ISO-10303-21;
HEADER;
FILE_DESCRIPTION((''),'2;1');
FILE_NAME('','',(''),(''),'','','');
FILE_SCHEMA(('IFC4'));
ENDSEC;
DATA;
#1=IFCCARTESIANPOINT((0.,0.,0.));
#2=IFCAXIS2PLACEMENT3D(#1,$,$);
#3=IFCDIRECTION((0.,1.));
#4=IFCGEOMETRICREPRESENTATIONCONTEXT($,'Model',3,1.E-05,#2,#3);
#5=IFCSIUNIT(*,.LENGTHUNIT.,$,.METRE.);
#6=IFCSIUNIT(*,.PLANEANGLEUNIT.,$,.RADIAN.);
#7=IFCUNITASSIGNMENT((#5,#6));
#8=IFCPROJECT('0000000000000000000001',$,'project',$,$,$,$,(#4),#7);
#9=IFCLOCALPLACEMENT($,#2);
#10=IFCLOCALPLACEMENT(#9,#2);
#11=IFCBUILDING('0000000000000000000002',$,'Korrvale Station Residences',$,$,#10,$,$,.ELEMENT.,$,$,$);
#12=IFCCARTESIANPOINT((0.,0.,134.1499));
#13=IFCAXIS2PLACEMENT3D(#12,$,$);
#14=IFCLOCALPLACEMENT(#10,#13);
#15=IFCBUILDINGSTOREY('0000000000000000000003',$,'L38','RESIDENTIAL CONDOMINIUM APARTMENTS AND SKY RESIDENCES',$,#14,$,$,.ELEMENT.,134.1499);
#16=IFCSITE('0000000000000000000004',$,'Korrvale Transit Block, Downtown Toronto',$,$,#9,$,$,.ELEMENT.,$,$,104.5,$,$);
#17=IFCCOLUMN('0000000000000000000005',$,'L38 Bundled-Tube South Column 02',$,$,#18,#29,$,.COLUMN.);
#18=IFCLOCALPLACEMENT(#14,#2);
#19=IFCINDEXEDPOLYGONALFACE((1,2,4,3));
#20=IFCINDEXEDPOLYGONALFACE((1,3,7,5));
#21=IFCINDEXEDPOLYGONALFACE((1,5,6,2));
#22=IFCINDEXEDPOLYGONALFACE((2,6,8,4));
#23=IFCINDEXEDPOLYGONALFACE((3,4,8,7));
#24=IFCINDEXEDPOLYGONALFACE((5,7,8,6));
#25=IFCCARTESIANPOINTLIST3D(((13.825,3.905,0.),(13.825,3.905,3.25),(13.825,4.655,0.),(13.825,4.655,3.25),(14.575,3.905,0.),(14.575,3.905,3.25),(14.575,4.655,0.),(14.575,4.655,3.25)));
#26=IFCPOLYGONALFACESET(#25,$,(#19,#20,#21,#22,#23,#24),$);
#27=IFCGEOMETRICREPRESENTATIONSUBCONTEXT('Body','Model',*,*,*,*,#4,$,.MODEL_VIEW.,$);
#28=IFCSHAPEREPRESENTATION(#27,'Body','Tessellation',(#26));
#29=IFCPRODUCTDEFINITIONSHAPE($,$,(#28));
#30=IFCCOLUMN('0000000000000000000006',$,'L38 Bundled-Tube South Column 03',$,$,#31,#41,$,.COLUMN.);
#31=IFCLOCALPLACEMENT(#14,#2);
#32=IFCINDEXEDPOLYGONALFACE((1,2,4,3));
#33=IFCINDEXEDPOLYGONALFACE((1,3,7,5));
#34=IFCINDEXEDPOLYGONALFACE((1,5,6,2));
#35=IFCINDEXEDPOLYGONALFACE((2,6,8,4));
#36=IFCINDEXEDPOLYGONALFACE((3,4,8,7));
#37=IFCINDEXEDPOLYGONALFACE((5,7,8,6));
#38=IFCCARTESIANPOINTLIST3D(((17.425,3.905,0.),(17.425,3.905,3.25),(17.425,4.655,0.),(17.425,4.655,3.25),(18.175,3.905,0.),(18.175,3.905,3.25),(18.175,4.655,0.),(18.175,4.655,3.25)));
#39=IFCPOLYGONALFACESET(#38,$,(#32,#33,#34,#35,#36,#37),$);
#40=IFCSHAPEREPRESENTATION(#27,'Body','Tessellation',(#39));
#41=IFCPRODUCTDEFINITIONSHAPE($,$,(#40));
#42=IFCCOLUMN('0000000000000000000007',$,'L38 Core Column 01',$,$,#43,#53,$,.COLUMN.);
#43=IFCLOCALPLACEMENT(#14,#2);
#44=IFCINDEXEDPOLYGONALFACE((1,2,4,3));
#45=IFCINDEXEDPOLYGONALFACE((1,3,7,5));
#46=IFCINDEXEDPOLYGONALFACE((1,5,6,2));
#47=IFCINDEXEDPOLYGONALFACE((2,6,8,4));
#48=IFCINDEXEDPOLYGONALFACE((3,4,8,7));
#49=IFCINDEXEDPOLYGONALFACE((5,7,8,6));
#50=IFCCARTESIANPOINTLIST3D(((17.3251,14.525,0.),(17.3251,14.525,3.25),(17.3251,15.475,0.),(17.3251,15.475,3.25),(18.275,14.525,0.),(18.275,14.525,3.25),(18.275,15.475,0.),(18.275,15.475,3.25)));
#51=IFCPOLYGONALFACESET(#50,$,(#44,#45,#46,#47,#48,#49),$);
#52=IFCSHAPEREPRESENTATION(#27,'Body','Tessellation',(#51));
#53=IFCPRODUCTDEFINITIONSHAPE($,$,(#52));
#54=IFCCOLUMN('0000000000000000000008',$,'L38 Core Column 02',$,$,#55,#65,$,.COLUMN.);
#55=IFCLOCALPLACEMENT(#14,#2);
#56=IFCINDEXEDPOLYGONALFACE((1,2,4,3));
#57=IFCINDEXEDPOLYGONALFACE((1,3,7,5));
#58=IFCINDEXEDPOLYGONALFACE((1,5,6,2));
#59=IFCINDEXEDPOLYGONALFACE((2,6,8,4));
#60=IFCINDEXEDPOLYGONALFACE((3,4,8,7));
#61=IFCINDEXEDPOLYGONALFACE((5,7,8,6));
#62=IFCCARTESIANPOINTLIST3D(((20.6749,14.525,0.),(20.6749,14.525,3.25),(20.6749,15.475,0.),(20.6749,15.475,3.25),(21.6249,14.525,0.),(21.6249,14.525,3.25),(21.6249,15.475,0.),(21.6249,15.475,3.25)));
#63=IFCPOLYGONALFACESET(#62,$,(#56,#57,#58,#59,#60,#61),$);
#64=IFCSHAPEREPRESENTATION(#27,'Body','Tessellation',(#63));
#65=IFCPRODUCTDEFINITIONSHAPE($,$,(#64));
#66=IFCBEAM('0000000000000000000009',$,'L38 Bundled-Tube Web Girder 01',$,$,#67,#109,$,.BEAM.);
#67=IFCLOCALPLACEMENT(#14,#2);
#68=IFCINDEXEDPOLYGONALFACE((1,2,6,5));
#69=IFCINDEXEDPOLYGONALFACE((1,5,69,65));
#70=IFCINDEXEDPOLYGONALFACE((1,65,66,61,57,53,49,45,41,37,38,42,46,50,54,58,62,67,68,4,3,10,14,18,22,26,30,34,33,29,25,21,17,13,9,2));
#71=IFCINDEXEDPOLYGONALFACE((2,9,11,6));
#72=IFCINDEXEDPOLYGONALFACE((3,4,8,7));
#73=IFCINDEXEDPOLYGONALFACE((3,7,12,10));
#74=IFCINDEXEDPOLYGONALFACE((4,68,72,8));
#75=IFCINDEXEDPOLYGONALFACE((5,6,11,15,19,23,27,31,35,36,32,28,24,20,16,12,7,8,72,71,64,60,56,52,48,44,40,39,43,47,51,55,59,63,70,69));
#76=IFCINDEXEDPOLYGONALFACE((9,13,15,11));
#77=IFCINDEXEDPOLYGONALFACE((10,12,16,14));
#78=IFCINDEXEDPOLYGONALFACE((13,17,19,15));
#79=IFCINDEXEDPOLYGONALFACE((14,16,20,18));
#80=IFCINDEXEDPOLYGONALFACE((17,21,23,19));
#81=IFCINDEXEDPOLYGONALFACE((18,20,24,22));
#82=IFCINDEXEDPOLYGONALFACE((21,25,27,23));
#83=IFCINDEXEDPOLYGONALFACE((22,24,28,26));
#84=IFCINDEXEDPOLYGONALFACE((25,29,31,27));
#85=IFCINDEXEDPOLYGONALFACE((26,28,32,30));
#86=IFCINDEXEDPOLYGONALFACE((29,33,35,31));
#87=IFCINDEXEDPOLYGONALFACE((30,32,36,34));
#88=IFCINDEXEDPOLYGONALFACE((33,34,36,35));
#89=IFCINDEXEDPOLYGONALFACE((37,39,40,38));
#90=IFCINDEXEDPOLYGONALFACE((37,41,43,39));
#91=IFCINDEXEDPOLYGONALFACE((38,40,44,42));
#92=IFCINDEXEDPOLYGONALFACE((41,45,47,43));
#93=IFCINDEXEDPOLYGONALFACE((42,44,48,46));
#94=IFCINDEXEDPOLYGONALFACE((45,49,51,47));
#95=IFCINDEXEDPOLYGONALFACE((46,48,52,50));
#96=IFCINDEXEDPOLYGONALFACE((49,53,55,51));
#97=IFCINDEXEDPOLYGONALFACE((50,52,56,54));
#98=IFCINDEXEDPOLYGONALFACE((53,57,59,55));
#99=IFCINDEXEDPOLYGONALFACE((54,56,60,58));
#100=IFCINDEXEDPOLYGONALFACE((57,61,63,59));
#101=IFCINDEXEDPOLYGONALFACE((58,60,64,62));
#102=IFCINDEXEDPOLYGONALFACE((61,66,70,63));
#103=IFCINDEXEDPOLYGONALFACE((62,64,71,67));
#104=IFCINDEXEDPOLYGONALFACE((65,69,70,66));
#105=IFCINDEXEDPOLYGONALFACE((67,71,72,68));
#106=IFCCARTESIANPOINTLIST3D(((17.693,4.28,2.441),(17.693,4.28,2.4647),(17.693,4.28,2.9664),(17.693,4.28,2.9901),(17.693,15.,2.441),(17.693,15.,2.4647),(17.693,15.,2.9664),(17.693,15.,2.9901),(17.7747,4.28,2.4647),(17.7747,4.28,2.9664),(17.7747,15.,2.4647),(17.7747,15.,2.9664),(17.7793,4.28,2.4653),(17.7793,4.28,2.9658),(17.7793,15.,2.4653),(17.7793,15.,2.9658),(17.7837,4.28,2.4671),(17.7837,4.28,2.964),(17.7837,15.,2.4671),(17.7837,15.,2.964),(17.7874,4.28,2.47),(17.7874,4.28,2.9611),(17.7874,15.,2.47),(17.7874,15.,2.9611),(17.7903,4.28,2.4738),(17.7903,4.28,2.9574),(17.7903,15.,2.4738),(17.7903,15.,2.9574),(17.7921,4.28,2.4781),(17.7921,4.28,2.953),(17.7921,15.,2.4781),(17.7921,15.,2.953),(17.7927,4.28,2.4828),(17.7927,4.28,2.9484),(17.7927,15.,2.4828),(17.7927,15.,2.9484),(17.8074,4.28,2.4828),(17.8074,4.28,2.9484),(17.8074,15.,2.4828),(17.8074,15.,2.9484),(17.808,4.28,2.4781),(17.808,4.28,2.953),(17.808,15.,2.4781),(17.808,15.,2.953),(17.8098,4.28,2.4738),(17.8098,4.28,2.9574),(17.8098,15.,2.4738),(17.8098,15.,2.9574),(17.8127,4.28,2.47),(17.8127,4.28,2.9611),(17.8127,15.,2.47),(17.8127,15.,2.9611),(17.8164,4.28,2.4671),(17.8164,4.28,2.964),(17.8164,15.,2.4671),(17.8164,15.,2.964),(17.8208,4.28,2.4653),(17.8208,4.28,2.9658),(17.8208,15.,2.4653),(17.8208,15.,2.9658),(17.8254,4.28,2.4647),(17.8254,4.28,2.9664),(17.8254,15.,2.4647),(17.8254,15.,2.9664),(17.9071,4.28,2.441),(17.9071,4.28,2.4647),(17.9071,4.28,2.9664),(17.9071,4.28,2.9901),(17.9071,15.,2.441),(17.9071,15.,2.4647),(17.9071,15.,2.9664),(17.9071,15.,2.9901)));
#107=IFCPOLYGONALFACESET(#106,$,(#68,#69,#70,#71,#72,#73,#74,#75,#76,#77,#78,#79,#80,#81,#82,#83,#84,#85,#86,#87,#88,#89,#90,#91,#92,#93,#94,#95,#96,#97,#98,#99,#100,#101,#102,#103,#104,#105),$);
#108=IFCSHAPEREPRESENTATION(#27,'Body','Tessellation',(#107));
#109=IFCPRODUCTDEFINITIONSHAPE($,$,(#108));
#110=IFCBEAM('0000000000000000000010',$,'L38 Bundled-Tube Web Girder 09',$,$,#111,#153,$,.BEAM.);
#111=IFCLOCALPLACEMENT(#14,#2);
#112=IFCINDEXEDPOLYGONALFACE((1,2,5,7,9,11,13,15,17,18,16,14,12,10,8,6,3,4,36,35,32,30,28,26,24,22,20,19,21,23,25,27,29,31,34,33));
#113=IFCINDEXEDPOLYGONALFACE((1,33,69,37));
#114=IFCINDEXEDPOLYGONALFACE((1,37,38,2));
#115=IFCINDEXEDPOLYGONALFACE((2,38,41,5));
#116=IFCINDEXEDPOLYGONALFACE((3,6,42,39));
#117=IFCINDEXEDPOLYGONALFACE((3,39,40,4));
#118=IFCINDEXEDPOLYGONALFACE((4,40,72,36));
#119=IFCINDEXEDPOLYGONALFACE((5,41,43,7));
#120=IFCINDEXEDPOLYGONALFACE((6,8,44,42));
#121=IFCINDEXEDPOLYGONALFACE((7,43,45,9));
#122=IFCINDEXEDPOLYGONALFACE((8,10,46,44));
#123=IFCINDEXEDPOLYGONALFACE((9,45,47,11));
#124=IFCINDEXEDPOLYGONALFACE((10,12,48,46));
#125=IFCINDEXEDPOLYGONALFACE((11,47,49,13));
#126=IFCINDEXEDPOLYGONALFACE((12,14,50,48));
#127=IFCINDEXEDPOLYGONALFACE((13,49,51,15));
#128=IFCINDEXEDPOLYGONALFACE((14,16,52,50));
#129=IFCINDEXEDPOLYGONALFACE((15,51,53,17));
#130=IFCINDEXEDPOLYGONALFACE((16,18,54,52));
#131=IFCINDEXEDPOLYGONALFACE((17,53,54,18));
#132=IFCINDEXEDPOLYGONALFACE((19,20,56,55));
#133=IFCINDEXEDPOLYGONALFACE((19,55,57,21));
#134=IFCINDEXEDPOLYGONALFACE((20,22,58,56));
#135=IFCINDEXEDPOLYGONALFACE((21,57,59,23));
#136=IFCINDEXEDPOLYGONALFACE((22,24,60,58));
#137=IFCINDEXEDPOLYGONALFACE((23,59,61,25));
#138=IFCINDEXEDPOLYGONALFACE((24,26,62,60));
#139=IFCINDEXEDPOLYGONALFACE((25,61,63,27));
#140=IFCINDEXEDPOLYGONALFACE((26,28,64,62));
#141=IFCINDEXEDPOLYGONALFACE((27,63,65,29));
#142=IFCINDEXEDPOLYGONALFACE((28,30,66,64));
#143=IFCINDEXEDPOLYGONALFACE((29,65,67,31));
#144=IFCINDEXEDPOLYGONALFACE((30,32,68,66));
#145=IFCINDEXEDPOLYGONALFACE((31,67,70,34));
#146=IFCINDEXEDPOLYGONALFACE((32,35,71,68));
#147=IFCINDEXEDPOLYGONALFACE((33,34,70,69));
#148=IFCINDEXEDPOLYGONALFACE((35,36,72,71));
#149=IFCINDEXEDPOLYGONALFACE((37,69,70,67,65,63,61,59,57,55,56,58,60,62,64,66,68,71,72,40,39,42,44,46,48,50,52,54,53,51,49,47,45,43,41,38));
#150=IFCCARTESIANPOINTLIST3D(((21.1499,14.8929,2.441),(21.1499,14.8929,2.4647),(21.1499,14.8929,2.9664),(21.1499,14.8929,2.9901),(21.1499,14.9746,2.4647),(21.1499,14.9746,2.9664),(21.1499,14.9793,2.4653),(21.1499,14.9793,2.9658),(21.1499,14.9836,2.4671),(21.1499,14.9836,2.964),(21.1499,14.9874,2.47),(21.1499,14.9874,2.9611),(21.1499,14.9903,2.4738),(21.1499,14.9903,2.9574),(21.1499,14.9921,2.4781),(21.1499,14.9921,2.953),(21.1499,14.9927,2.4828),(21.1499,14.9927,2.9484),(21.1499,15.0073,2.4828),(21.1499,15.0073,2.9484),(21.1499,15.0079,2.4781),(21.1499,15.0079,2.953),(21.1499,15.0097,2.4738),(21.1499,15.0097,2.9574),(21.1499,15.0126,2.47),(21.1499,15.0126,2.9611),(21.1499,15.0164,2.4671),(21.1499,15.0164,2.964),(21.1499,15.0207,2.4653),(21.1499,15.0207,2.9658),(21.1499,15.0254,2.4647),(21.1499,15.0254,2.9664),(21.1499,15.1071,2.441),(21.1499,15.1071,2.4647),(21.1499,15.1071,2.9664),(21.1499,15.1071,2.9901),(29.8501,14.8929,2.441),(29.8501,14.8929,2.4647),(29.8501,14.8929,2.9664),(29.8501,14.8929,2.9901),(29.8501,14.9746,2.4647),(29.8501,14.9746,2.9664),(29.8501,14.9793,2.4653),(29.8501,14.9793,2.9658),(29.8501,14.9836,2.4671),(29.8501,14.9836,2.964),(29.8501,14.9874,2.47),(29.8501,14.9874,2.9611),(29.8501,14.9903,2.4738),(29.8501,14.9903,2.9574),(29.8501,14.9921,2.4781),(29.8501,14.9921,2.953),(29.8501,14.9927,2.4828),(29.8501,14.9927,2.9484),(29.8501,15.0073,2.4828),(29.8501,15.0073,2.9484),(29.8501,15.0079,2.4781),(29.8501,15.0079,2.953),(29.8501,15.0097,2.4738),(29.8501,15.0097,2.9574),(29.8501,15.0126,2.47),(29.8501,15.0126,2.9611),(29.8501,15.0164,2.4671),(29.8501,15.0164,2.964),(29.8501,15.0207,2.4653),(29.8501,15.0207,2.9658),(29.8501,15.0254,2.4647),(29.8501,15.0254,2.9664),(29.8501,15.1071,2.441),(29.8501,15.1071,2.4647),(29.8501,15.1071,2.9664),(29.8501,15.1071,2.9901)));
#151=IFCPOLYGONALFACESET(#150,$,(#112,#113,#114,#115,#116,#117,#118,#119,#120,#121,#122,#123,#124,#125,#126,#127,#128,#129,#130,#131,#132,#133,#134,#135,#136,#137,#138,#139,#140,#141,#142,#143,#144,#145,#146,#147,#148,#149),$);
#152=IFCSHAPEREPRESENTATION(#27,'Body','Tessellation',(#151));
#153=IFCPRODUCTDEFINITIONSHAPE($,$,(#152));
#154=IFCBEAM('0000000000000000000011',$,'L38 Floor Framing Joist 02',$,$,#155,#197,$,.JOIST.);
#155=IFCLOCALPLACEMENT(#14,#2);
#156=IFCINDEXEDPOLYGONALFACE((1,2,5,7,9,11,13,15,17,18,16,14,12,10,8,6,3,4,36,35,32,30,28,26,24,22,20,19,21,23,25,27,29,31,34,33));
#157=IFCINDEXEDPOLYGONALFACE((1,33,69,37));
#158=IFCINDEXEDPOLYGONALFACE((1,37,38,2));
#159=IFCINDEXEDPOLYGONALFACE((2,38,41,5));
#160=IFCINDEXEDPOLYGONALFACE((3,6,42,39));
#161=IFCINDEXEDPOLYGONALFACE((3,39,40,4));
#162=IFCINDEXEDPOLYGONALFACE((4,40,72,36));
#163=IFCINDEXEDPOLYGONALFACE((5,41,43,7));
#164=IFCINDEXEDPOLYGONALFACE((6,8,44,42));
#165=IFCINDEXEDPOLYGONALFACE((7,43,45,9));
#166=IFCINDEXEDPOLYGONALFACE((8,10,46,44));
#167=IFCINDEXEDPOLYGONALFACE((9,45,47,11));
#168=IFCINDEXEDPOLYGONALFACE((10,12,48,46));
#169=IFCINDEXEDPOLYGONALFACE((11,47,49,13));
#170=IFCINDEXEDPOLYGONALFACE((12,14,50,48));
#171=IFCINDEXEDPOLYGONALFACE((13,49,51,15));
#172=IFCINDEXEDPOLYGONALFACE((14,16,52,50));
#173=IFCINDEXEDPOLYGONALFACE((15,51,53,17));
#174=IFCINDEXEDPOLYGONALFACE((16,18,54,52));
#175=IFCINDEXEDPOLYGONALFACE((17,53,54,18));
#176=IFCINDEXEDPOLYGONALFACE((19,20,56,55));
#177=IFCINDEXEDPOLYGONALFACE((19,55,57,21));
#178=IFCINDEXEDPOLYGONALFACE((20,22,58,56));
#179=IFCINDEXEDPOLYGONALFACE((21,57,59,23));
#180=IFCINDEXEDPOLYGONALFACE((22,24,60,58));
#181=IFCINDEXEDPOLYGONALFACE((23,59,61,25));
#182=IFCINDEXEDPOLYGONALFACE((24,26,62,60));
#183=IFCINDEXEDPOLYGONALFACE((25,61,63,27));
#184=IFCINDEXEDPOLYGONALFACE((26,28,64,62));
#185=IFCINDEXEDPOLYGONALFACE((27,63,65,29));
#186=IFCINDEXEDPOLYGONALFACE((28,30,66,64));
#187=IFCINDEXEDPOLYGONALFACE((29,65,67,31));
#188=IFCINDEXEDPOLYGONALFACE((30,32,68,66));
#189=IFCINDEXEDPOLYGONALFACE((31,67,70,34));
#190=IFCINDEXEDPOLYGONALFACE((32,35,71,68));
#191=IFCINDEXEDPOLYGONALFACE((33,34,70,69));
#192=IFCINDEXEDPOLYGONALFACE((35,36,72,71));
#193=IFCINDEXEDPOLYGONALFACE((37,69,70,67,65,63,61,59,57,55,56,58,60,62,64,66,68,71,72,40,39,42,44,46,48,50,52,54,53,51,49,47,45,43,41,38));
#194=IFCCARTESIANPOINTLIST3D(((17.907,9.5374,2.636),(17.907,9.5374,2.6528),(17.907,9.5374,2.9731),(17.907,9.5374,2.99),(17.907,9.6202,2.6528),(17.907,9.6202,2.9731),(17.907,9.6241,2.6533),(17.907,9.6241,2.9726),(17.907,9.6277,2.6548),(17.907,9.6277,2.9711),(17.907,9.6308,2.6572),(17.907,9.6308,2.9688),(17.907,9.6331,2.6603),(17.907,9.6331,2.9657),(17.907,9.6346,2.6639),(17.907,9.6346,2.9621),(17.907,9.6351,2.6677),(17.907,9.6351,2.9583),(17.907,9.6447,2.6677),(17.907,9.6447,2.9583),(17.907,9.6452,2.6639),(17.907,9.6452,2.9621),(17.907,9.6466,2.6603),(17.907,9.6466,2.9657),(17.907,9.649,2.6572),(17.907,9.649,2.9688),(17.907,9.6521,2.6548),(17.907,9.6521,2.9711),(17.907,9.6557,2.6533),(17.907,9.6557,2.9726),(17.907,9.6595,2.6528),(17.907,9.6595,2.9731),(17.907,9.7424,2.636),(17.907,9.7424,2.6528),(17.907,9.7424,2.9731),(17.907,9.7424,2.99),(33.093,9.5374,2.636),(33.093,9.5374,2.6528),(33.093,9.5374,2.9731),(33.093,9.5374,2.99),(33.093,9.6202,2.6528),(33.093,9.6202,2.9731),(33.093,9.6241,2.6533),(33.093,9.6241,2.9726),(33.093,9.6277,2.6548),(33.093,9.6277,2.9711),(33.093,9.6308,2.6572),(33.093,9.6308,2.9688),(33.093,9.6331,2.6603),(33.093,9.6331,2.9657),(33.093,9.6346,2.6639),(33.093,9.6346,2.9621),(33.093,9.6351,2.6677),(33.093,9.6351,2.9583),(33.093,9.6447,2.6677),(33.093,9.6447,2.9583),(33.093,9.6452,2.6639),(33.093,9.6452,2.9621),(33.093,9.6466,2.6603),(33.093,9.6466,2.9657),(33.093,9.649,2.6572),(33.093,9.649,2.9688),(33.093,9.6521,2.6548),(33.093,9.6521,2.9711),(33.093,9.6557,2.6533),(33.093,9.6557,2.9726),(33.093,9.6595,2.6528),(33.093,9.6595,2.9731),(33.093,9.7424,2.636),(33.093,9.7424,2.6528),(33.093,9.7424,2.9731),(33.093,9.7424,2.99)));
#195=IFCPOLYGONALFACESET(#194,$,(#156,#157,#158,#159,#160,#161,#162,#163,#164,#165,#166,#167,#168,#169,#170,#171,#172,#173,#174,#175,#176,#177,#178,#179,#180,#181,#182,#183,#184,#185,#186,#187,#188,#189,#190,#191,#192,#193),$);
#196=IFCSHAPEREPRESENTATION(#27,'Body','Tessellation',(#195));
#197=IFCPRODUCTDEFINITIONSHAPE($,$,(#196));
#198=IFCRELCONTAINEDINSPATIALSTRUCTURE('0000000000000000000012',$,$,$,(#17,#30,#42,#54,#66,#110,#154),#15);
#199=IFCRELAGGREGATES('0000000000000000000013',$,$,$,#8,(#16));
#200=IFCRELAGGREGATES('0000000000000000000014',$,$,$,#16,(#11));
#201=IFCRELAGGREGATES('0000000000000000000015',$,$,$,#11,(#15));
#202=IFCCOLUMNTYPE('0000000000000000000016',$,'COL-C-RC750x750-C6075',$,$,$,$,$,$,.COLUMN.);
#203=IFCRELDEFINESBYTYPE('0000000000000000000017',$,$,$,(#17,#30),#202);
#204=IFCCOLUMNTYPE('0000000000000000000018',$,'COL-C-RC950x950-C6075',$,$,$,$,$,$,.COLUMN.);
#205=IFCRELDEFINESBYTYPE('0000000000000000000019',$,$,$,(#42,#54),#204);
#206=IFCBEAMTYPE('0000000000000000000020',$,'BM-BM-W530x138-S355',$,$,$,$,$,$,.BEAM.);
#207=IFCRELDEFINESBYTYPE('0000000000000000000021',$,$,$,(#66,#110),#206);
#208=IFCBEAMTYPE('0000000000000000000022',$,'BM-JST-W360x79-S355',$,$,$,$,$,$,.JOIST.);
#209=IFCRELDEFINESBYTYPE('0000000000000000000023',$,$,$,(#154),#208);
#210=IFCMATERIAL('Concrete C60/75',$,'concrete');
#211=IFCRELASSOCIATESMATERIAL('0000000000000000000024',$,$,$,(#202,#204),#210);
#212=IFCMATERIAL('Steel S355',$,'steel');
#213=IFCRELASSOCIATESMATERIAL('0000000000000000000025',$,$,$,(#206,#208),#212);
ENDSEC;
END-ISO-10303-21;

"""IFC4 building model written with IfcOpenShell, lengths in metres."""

from ifc_helpers import new_model, si_unit, direction, frame, origin, origin_2d, place, context, subcontext, project, spatial, rectangle, i_section, extrude, material, material_profile, profile_set, type_object, element, save


model = new_model("IFC4")

# Units and contexts
model_context = context("Model", 3, precision=1e-05, world=origin(), true_north=direction((0.0, 1.0)))
body_context = subcontext(model_context, "Body", "Model", "MODEL_VIEW")
ifc_project = project(units=[si_unit("LENGTHUNIT", "METRE"), si_unit("PLANEANGLEUNIT", "RADIAN")], contexts=[model_context])

# Site, building, storey
site_placement = place(None, origin())
site = spatial("IfcSite", under=ifc_project, at=site_placement, Name="Korrvale Transit Block, Downtown Toronto", CompositionType="ELEMENT", RefElevation=104.5)
building_placement = place(site_placement, origin())
building = spatial("IfcBuilding", under=site, at=building_placement, Name="Korrvale Station Residences", CompositionType="ELEMENT")
storey_placement = place(building_placement, frame((0.0, 0.0, 134.1499)))
storey = spatial("IfcBuildingStorey", under=building, at=storey_placement, Name="L38", Description="RESIDENTIAL CONDOMINIUM APARTMENTS AND SKY RESIDENCES", CompositionType="ELEMENT", Elevation=134.1499)

# Columns
ifc_material_1 = material(Name="Concrete C60/75", Category="concrete")
ifc_material_profile_1 = material_profile(ifc_material_1, rectangle(XDim=0.75, YDim=0.75, at=origin_2d()), Name="RC750x750")
ifc_profile_set_1 = profile_set([ifc_material_profile_1], Name="Concrete C60/75")
column_type_1 = type_object("IfcColumnType", Name="COL-C-RC750x750-C6075", PredefinedType="COLUMN", material=ifc_profile_set_1)
for number, where, z_axis, x_axis, name in (
    (1, (14.2, 4.28, 0.0), (0.0, 0.0, 1.0), (1.0, 0.0, 0.0), "L38 Bundled-Tube South Column 02"),
    (2, (17.8, 4.28, 0.0), (0.0, 0.0, 1.0), (1.0, 0.0, 0.0), "L38 Bundled-Tube South Column 03"),
):
    element("IfcColumn", number, at=place(storey_placement, frame(where, z_axis=z_axis, x_axis=x_axis)), inside=storey, type_object=column_type_1, Name=name, PredefinedType="COLUMN", context=body_context, shape_type="SweptSolid", body=[
        extrude(rectangle(XDim=0.75, YDim=0.75, at=origin_2d()), origin(), (0.0, 0.0, 1.0), 3.25),
    ])
ifc_material_profile_2 = material_profile(ifc_material_1, rectangle(XDim=0.95, YDim=0.95, at=origin_2d()), Name="RC950x950")
ifc_profile_set_2 = profile_set([ifc_material_profile_2], Name="Concrete C60/75")
column_type_2 = type_object("IfcColumnType", Name="COL-C-RC950x950-C6075", PredefinedType="COLUMN", material=ifc_profile_set_2)
for number, where, z_axis, x_axis, name in (
    (3, (17.8, 15.0, 0.0), (0.0, 0.0, 1.0), (1.0, 0.0, 0.0), "L38 Core Column 01"),
    (4, (21.1499, 15.0, 0.0), (0.0, 0.0, 1.0), (1.0, 0.0, 0.0), "L38 Core Column 02"),
):
    element("IfcColumn", number, at=place(storey_placement, frame(where, z_axis=z_axis, x_axis=x_axis)), inside=storey, type_object=column_type_2, Name=name, PredefinedType="COLUMN", context=body_context, shape_type="SweptSolid", body=[
        extrude(rectangle(XDim=0.95, YDim=0.95, at=origin_2d()), origin(), (0.0, 0.0, 1.0), 3.25),
    ])

# Beams
ifc_material_2 = material(Name="Steel S355", Category="steel")
ifc_material_profile_3 = material_profile(ifc_material_2, i_section(OverallWidth=0.2141, OverallDepth=0.5491, WebThickness=0.0146, FlangeThickness=0.0237, FilletRadius=0.0181, at=origin_2d()), Name="W530x138")
ifc_profile_set_3 = profile_set([ifc_material_profile_3], Name="Steel S355")
beam_type_1 = type_object("IfcBeamType", Name="BM-BM-W530x138-S355", PredefinedType="BEAM", material=ifc_profile_set_3)
beam_1_placement = place(storey_placement, frame((17.8, 4.28, 2.7156), z_axis=(0.0, 1.0, 0.0), x_axis=(-1.0, 0.0, 0.0)))
element("IfcBeam", 5, at=beam_1_placement, inside=storey, type_object=beam_type_1, Name="L38 Bundled-Tube Web Girder 01", PredefinedType="BEAM", context=body_context, shape_type="SweptSolid", body=[
    extrude(i_section(OverallWidth=0.2141, OverallDepth=0.5491, WebThickness=0.0146, FlangeThickness=0.0237, FilletRadius=0.0181, at=origin_2d()), origin(), (0.0, 0.0, 1.0), 10.72),
])
beam_2_placement = place(storey_placement, frame((21.1499, 15.0, 2.7156), z_axis=(1.0, 0.0, 0.0), x_axis=(0.0, 1.0, 0.0)))
element("IfcBeam", 6, at=beam_2_placement, inside=storey, type_object=beam_type_1, Name="L38 Bundled-Tube Web Girder 09", PredefinedType="BEAM", context=body_context, shape_type="SweptSolid", body=[
    extrude(i_section(OverallWidth=0.2141, OverallDepth=0.5491, WebThickness=0.0146, FlangeThickness=0.0237, FilletRadius=0.0181, at=origin_2d()), origin(), (0.0, 0.0, 1.0), 8.7002),
])
ifc_material_profile_4 = material_profile(ifc_material_2, i_section(OverallWidth=0.2051, OverallDepth=0.354, WebThickness=0.0095, FlangeThickness=0.0168, FilletRadius=0.0149, at=origin_2d()), Name="W360x79")
ifc_profile_set_4 = profile_set([ifc_material_profile_4], Name="Steel S355")
beam_type_2 = type_object("IfcBeamType", Name="BM-JST-W360x79-S355", PredefinedType="JOIST", material=ifc_profile_set_4)
beam_3_placement = place(storey_placement, frame((17.907, 9.6399, 2.813), z_axis=(1.0, 0.0, 0.0), x_axis=(0.0, 1.0, 0.0)))
element("IfcBeam", 7, at=beam_3_placement, inside=storey, type_object=beam_type_2, Name="L38 Floor Framing Joist 02", PredefinedType="JOIST", context=body_context, shape_type="SweptSolid", body=[
    extrude(i_section(OverallWidth=0.2051, OverallDepth=0.354, WebThickness=0.0095, FlangeThickness=0.0168, FilletRadius=0.0149, at=origin_2d()), origin(), (0.0, 0.0, 1.0), 15.186),
])

save(model, "model.ifc")
